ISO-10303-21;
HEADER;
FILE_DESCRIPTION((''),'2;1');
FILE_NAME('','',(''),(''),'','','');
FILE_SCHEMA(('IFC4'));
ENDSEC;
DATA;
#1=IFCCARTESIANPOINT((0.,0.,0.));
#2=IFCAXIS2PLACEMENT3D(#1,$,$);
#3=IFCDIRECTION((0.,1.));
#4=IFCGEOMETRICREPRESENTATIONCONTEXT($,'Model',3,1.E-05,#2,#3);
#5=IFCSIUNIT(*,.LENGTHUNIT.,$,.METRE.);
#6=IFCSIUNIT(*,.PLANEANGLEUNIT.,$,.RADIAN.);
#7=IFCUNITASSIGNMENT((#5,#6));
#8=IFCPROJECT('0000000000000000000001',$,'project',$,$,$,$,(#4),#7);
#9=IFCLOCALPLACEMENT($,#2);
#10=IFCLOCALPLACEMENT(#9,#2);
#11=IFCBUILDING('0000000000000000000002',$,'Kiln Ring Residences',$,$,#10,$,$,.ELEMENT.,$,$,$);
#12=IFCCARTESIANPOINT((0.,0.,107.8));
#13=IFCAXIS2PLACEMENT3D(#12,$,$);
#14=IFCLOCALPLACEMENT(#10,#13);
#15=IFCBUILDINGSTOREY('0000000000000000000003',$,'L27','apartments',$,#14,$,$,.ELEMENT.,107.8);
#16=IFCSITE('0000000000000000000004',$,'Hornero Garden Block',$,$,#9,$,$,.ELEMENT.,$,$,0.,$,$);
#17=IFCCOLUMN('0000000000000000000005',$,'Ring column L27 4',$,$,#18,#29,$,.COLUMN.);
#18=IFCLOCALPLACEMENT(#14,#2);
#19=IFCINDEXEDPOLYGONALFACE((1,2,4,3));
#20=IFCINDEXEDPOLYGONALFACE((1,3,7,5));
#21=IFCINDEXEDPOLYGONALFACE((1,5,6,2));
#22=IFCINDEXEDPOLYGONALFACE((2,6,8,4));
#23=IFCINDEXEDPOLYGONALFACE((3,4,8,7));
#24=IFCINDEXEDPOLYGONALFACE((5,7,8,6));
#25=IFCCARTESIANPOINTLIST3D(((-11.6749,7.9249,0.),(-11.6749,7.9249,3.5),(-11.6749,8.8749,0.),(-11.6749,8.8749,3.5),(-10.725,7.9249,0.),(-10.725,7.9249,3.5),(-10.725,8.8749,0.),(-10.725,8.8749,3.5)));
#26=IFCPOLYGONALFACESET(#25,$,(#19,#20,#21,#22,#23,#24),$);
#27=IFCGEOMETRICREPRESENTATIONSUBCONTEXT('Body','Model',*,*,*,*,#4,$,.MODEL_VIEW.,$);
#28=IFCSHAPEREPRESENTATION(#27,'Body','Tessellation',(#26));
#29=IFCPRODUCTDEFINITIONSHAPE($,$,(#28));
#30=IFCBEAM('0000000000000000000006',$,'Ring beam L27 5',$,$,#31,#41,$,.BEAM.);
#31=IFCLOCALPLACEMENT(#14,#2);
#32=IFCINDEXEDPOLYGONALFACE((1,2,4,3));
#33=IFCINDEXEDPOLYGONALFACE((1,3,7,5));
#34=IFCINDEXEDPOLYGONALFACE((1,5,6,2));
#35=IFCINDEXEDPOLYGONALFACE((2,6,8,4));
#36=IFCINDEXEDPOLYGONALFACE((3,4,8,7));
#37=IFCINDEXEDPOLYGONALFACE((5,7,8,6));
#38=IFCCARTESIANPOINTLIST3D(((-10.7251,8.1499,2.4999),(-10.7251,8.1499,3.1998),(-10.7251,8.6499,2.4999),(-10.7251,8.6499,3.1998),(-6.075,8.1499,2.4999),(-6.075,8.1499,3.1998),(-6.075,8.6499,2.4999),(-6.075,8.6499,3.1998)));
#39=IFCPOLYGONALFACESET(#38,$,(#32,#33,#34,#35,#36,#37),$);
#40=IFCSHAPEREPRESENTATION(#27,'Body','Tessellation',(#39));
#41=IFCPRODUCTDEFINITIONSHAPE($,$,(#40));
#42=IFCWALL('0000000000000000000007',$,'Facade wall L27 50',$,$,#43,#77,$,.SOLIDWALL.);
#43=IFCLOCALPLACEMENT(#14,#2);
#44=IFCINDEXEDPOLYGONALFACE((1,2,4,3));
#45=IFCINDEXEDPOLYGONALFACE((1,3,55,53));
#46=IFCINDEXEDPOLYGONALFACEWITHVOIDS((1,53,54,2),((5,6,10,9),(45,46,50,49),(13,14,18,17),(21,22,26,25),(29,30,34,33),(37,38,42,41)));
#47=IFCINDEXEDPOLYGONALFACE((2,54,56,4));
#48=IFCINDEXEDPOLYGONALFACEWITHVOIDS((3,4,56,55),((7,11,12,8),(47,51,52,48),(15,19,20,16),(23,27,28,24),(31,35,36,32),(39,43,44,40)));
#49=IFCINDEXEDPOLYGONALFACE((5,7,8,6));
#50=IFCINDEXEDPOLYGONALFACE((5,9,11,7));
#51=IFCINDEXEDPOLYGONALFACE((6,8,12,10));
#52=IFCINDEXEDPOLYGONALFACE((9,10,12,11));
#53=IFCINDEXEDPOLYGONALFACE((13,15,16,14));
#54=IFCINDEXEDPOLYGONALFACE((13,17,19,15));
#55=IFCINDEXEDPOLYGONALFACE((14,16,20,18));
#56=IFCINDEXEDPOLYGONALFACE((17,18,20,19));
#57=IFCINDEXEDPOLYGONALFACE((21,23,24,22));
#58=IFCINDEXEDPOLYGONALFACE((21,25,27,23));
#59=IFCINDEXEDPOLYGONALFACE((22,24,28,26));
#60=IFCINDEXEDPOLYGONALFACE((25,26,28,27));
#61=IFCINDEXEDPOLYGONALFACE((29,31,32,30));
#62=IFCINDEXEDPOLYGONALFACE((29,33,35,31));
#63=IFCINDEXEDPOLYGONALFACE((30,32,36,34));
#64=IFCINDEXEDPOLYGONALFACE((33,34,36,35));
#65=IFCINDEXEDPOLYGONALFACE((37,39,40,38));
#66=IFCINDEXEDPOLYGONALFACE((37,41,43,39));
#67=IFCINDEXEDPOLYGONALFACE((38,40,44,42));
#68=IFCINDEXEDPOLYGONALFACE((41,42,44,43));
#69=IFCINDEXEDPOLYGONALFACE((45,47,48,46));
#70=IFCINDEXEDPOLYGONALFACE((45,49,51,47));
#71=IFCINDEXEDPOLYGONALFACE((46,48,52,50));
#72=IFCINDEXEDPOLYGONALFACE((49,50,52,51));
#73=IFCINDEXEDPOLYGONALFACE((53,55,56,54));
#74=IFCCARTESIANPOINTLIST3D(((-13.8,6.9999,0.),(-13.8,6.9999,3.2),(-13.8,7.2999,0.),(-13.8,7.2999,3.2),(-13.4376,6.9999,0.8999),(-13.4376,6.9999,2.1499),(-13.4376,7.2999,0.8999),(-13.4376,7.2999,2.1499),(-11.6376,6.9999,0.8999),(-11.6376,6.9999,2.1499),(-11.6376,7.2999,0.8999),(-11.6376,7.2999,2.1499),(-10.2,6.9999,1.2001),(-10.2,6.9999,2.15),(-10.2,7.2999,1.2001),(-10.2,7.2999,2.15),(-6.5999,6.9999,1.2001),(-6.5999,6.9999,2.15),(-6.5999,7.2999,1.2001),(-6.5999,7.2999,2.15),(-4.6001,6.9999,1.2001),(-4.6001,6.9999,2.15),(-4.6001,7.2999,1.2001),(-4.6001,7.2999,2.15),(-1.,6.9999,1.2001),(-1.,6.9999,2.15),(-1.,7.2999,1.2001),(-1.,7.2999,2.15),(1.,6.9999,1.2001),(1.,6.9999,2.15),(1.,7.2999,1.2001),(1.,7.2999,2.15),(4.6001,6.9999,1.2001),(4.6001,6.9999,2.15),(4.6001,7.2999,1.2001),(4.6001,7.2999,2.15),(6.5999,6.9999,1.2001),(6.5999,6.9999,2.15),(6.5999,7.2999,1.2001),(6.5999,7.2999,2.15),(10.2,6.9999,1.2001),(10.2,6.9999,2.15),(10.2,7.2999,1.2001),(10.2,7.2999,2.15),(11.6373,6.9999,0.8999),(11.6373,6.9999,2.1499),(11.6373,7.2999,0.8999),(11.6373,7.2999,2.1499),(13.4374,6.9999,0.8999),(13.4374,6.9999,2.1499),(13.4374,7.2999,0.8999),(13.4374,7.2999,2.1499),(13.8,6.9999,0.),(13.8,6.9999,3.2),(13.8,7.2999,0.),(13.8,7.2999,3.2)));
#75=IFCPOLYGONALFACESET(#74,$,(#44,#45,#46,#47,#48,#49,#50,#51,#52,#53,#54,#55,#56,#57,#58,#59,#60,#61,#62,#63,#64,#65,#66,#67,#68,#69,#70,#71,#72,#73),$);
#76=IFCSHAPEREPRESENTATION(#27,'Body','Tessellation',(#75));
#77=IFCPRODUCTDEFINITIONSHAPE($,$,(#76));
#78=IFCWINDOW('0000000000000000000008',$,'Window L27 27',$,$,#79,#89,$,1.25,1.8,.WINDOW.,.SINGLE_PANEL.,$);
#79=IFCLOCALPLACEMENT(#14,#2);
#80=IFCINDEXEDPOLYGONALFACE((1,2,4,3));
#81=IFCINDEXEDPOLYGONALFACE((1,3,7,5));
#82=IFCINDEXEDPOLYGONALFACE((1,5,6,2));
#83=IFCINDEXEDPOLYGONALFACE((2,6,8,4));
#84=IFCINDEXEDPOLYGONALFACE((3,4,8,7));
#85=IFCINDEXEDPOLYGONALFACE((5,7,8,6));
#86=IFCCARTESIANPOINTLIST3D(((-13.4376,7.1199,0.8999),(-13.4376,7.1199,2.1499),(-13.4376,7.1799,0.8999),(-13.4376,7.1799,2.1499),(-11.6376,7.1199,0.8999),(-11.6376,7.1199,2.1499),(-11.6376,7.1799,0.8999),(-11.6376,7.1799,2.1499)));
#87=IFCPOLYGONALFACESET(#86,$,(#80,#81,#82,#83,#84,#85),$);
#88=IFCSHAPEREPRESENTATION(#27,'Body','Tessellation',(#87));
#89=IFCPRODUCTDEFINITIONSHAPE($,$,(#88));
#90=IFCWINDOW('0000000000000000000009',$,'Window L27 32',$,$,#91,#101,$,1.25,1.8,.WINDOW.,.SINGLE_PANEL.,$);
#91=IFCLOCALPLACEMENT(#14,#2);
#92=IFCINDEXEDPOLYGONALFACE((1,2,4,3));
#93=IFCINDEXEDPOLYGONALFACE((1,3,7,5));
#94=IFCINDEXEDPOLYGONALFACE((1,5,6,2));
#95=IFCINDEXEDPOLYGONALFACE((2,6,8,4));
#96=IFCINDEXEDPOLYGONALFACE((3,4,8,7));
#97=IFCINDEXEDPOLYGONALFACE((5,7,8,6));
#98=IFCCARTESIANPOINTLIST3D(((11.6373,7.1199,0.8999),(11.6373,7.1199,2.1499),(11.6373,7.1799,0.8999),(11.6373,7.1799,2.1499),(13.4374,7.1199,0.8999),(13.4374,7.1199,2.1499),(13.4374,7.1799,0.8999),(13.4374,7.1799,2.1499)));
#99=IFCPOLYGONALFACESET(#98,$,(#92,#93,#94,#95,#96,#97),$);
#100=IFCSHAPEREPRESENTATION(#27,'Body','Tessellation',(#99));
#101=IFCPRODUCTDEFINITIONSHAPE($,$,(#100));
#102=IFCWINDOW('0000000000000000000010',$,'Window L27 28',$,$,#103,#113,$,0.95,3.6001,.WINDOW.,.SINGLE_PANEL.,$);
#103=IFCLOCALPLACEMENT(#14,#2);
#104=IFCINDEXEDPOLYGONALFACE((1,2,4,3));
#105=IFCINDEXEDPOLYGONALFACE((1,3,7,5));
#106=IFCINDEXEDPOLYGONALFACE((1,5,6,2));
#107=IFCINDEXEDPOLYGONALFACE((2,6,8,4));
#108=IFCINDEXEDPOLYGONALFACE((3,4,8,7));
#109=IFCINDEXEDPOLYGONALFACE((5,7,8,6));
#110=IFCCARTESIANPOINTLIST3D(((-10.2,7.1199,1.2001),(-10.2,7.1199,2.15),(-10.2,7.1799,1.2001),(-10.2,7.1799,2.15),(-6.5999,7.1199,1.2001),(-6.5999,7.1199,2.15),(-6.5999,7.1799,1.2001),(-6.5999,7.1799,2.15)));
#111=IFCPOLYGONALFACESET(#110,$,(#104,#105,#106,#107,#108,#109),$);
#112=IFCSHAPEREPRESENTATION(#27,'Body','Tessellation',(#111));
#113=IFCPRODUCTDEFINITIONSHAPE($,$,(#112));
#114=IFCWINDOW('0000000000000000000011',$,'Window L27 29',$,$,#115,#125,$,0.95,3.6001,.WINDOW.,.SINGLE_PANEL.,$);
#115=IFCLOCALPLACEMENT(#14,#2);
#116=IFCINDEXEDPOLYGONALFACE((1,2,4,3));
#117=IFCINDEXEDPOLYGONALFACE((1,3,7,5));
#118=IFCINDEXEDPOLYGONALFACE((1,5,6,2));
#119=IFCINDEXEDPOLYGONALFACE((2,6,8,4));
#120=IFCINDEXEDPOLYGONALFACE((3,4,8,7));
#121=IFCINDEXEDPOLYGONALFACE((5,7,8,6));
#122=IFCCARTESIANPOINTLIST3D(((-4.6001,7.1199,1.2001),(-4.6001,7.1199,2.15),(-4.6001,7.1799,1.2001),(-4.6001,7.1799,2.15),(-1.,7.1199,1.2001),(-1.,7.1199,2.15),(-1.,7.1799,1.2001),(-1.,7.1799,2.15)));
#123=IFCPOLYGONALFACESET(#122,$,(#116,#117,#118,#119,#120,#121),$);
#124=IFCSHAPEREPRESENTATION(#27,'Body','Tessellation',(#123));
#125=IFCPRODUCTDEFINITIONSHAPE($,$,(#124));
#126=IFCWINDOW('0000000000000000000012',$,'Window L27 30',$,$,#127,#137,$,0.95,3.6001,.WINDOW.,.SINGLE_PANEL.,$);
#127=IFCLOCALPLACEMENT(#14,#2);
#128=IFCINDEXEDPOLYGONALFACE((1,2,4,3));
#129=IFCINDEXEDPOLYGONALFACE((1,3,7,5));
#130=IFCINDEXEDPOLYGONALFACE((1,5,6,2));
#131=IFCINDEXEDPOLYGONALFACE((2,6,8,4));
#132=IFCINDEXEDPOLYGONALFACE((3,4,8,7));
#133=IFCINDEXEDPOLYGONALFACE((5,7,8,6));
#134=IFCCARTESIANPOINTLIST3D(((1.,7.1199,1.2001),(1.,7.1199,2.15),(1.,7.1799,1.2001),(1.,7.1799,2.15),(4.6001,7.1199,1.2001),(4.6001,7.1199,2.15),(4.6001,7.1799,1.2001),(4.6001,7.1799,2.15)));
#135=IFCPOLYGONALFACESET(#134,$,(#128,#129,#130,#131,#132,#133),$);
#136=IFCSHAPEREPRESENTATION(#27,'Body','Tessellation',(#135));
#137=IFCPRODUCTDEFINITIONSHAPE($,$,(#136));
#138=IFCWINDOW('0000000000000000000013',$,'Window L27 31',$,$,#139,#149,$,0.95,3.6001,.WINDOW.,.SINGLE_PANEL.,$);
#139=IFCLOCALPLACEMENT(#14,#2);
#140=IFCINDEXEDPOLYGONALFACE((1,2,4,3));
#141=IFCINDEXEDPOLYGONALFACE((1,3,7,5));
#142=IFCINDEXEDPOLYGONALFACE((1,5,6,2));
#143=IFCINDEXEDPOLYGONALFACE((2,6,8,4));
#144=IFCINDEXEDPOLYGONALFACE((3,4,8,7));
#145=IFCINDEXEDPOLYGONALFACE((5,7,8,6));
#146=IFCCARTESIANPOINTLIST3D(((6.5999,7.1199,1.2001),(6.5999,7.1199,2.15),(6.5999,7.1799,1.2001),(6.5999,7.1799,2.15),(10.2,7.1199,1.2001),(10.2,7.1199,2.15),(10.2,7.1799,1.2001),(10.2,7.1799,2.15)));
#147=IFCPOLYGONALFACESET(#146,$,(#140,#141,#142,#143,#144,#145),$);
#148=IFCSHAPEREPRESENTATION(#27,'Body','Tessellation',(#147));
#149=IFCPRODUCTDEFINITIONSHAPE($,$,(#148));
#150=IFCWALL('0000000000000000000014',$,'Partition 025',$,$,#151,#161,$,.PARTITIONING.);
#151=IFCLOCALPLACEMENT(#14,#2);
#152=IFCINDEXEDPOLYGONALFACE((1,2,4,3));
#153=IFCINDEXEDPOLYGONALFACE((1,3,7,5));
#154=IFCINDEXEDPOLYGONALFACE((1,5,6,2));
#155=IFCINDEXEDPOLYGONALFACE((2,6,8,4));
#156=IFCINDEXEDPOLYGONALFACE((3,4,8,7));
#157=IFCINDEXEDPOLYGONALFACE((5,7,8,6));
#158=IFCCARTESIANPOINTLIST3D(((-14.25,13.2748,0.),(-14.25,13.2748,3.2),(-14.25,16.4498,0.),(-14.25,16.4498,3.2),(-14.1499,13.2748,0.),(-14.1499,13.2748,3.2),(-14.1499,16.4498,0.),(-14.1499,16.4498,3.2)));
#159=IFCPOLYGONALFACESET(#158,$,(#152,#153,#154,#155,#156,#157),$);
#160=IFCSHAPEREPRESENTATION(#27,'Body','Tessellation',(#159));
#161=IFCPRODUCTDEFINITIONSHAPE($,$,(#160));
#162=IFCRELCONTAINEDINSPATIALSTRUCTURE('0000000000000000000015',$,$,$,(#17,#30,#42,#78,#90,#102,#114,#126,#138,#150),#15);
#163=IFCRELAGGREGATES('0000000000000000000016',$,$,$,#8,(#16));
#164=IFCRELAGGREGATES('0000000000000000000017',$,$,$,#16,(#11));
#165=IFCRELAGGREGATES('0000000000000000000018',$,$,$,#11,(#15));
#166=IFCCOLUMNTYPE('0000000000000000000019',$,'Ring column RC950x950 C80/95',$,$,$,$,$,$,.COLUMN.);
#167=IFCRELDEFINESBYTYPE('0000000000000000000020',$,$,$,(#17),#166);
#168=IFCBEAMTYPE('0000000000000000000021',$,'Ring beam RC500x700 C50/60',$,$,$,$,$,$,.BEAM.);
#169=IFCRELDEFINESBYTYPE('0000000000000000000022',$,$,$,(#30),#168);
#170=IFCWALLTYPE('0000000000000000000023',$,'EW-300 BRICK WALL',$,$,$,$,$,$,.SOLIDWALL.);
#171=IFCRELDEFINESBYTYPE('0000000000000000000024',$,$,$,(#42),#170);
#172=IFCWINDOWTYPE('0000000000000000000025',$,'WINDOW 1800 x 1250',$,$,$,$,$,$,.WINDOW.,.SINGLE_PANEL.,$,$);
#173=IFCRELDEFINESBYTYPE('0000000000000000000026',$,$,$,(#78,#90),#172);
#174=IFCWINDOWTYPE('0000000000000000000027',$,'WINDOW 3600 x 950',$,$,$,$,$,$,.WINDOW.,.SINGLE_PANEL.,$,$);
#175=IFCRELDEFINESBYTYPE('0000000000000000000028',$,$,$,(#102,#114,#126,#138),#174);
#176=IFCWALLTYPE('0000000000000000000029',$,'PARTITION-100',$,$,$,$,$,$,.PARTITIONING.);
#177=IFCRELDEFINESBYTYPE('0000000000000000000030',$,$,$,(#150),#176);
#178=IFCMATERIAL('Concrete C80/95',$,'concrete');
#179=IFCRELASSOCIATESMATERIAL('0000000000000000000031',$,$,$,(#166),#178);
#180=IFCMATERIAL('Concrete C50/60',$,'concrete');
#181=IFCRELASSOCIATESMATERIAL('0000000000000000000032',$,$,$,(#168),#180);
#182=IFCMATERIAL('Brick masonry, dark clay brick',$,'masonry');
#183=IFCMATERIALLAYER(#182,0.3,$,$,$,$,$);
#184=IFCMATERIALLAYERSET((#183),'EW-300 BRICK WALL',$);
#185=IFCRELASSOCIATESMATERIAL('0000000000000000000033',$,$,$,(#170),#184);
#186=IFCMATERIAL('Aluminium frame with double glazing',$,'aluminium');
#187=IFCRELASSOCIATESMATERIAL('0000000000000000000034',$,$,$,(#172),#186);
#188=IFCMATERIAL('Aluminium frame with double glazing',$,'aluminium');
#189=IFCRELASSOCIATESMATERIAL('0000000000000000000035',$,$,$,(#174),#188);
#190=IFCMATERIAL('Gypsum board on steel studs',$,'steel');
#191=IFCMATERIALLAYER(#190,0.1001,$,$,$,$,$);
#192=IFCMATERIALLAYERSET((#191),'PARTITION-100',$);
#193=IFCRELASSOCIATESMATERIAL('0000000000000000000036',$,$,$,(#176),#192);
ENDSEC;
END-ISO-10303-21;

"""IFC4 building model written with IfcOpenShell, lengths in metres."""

from ifc_helpers import new_model, si_unit, direction, frame, frame_2d, origin, origin_2d, place, context, subcontext, project, spatial, rectangle, extrude, material, layer, layer_set, material_profile, profile_set, type_object, element, fill, save


model = new_model("IFC4")

# Units and contexts
model_context = context("Model", 3, precision=1e-05, world=origin(), true_north=direction((0.0, 1.0)))
body_context = subcontext(model_context, "Body", "Model", "MODEL_VIEW")
ifc_project = project(units=[si_unit("LENGTHUNIT", "METRE"), si_unit("PLANEANGLEUNIT", "RADIAN")], contexts=[model_context])

# Site, building, storey
site_placement = place(None, origin())
site = spatial("IfcSite", under=ifc_project, at=site_placement, Name="Hornero Garden Block", CompositionType="ELEMENT", RefElevation=0.0)
building_placement = place(site_placement, origin())
building = spatial("IfcBuilding", under=site, at=building_placement, Name="Kiln Ring Residences", CompositionType="ELEMENT")
storey_placement = place(building_placement, frame((0.0, 0.0, 107.8)))
storey = spatial("IfcBuildingStorey", under=building, at=storey_placement, Name="L27", Description="apartments", CompositionType="ELEMENT", Elevation=107.8)

# Column
ifc_material_1 = material(Name="Concrete C80/95", Category="concrete")
ifc_material_profile_1 = material_profile(ifc_material_1, rectangle(XDim=0.95, YDim=0.95, at=origin_2d()), Name="RC950x950")
ifc_profile_set_1 = profile_set([ifc_material_profile_1], Name="Concrete C80/95")
column_type = type_object("IfcColumnType", Name="Ring column RC950x950 C80/95", PredefinedType="COLUMN", material=ifc_profile_set_1)
column_placement = place(storey_placement, frame((-11.2, 8.3999, 0.0), z_axis=(0.0, 0.0, 1.0), x_axis=(1.0, 0.0, 0.0)))
element("IfcColumn", 1, at=column_placement, inside=storey, type_object=column_type, Name="Ring column L27 4", PredefinedType="COLUMN", context=body_context, shape_type="SweptSolid", body=[
    extrude(rectangle(XDim=0.95, YDim=0.95, at=origin_2d()), origin(), (0.0, 0.0, 1.0), 3.5),
])

# Beam
ifc_material_2 = material(Name="Concrete C50/60", Category="concrete")
ifc_material_profile_2 = material_profile(ifc_material_2, rectangle(XDim=0.5, YDim=0.7, at=origin_2d()), Name="RC500x700")
ifc_profile_set_2 = profile_set([ifc_material_profile_2], Name="Concrete C50/60")
beam_type = type_object("IfcBeamType", Name="Ring beam RC500x700 C50/60", PredefinedType="BEAM", material=ifc_profile_set_2)
beam_placement = place(storey_placement, frame((-10.7251, 8.3999, 2.8499), z_axis=(1.0, 0.0, 0.0), x_axis=(0.0, 1.0, 0.0)))
element("IfcBeam", 2, at=beam_placement, inside=storey, type_object=beam_type, Name="Ring beam L27 5", PredefinedType="BEAM", context=body_context, shape_type="SweptSolid", body=[
    extrude(rectangle(XDim=0.5, YDim=0.7, at=origin_2d()), origin(), (0.0, 0.0, 1.0), 4.6501),
])

# Wall, openings, windows
ifc_material_3 = material(Name="Brick masonry, dark clay brick", Category="masonry")
ifc_layer_1 = layer(ifc_material_3, 0.3)
ifc_layer_set_1 = layer_set([ifc_layer_1], Name="EW-300 BRICK WALL")
wall_type_1 = type_object("IfcWallType", Name="EW-300 BRICK WALL", PredefinedType="SOLIDWALL", material=ifc_layer_set_1)
wall_1_placement = place(storey_placement, frame((-13.8, 7.1499, 0.0), z_axis=(0.0, 0.0, 1.0), x_axis=(1.0, 0.0, 0.0)))
wall_1 = element("IfcWall", 3, at=wall_1_placement, inside=storey, type_object=wall_type_1, Name="Facade wall L27 50", PredefinedType="SOLIDWALL", context=body_context, shape_type="SweptSolid", body=[
    extrude(rectangle(XDim=27.6001, YDim=0.3, at=frame_2d((13.8, 0.0))), origin(), (0.0, 0.0, 1.0), 3.2),
])
opening_1_placement = place(wall_1_placement, frame((0.3625, 0.0, 0.8999)))
opening_1 = element("IfcOpeningElement", 4, at=opening_1_placement, cuts=wall_1, PredefinedType="OPENING", context=body_context, shape_type="SweptSolid", body=[
    extrude(rectangle(XDim=1.8, YDim=1.25, at=frame_2d((0.8999, 0.625))), frame((0.0, 0.1599, 0.0), z_axis=(0.0, -1.0, 0.0), x_axis=(1.0, 0.0, 0.0)), (0.0, 0.0, 1.0), 0.3201),
])
opening_2_placement = place(wall_1_placement, frame((3.6001, 0.0, 1.2)))
opening_2 = element("IfcOpeningElement", 5, at=opening_2_placement, cuts=wall_1, PredefinedType="OPENING", context=body_context, shape_type="SweptSolid", body=[
    extrude(rectangle(XDim=3.6001, YDim=0.95, at=frame_2d((1.8, 0.4751))), frame((0.0, 0.1599, 0.0), z_axis=(0.0, -1.0, 0.0), x_axis=(1.0, 0.0, 0.0)), (0.0, 0.0, 1.0), 0.3201),
])
opening_3_placement = place(wall_1_placement, frame((9.2, 0.0, 1.2)))
opening_3 = element("IfcOpeningElement", 6, at=opening_3_placement, cuts=wall_1, PredefinedType="OPENING", context=body_context, shape_type="SweptSolid", body=[
    extrude(rectangle(XDim=3.6001, YDim=0.95, at=frame_2d((1.8, 0.4751))), frame((0.0, 0.1599, 0.0), z_axis=(0.0, -1.0, 0.0), x_axis=(1.0, 0.0, 0.0)), (0.0, 0.0, 1.0), 0.3201),
])
opening_4_placement = place(wall_1_placement, frame((14.8, 0.0, 1.2)))
opening_4 = element("IfcOpeningElement", 7, at=opening_4_placement, cuts=wall_1, PredefinedType="OPENING", context=body_context, shape_type="SweptSolid", body=[
    extrude(rectangle(XDim=3.6001, YDim=0.95, at=frame_2d((1.8, 0.4751))), frame((0.0, 0.1599, 0.0), z_axis=(0.0, -1.0, 0.0), x_axis=(1.0, 0.0, 0.0)), (0.0, 0.0, 1.0), 0.3201),
])
opening_5_placement = place(wall_1_placement, frame((20.3999, 0.0, 1.2)))
opening_5 = element("IfcOpeningElement", 8, at=opening_5_placement, cuts=wall_1, PredefinedType="OPENING", context=body_context, shape_type="SweptSolid", body=[
    extrude(rectangle(XDim=3.6001, YDim=0.95, at=frame_2d((1.8, 0.4751))), frame((0.0, 0.1599, 0.0), z_axis=(0.0, -1.0, 0.0), x_axis=(1.0, 0.0, 0.0)), (0.0, 0.0, 1.0), 0.3201),
])
opening_6_placement = place(wall_1_placement, frame((25.4375, 0.0, 0.8999)))
opening_6 = element("IfcOpeningElement", 9, at=opening_6_placement, cuts=wall_1, PredefinedType="OPENING", context=body_context, shape_type="SweptSolid", body=[
    extrude(rectangle(XDim=1.8, YDim=1.25, at=frame_2d((0.8999, 0.625))), frame((0.0, 0.1599, 0.0), z_axis=(0.0, -1.0, 0.0), x_axis=(1.0, 0.0, 0.0)), (0.0, 0.0, 1.0), 0.3201),
])
ifc_material_4 = material(Name="Aluminium frame with double glazing", Category="aluminium")
window_type_1 = type_object("IfcWindowType", Name="WINDOW 1800 x 1250", PartitioningType="SINGLE_PANEL", PredefinedType="WINDOW", material=ifc_material_4)
window_1_placement = place(opening_1_placement, origin())
window_1 = element("IfcWindow", 10, at=window_1_placement, inside=storey, type_object=window_type_1, Name="Window L27 27", OverallHeight=1.25, OverallWidth=1.8, PartitioningType="SINGLE_PANEL", PredefinedType="WINDOW", context=body_context, shape_type="SweptSolid", body=[
    extrude(rectangle(XDim=1.8, YDim=1.25, at=frame_2d((0.8999, 0.625))), frame((0.0, 0.03, 0.0), z_axis=(0.0, -1.0, 0.0), x_axis=(1.0, 0.0, 0.0)), (0.0, 0.0, 1.0), 0.0601),
])
fill(opening_1, window_1)
window_2_placement = place(opening_6_placement, origin())
window_2 = element("IfcWindow", 11, at=window_2_placement, inside=storey, type_object=window_type_1, Name="Window L27 32", OverallHeight=1.25, OverallWidth=1.8, PartitioningType="SINGLE_PANEL", PredefinedType="WINDOW", context=body_context, shape_type="SweptSolid", body=[
    extrude(rectangle(XDim=1.8, YDim=1.25, at=frame_2d((0.8999, 0.625))), frame((0.0, 0.03, 0.0), z_axis=(0.0, -1.0, 0.0), x_axis=(1.0, 0.0, 0.0)), (0.0, 0.0, 1.0), 0.0601),
])
fill(opening_6, window_2)
ifc_material_5 = material(Name="Aluminium frame with double glazing", Category="aluminium")
window_type_2 = type_object("IfcWindowType", Name="WINDOW 3600 x 950", PartitioningType="SINGLE_PANEL", PredefinedType="WINDOW", material=ifc_material_5)
window_3_placement = place(opening_2_placement, origin())
window_3 = element("IfcWindow", 12, at=window_3_placement, inside=storey, type_object=window_type_2, Name="Window L27 28", OverallHeight=0.95, OverallWidth=3.6001, PartitioningType="SINGLE_PANEL", PredefinedType="WINDOW", context=body_context, shape_type="SweptSolid", body=[
    extrude(rectangle(XDim=3.6001, YDim=0.95, at=frame_2d((1.8, 0.4751))), frame((0.0, 0.03, 0.0), z_axis=(0.0, -1.0, 0.0), x_axis=(1.0, 0.0, 0.0)), (0.0, 0.0, 1.0), 0.0601),
])
fill(opening_2, window_3)
window_4_placement = place(opening_3_placement, origin())
window_4 = element("IfcWindow", 13, at=window_4_placement, inside=storey, type_object=window_type_2, Name="Window L27 29", OverallHeight=0.95, OverallWidth=3.6001, PartitioningType="SINGLE_PANEL", PredefinedType="WINDOW", context=body_context, shape_type="SweptSolid", body=[
    extrude(rectangle(XDim=3.6001, YDim=0.95, at=frame_2d((1.8, 0.4751))), frame((0.0, 0.03, 0.0), z_axis=(0.0, -1.0, 0.0), x_axis=(1.0, 0.0, 0.0)), (0.0, 0.0, 1.0), 0.0601),
])
fill(opening_3, window_4)
window_5_placement = place(opening_4_placement, origin())
window_5 = element("IfcWindow", 14, at=window_5_placement, inside=storey, type_object=window_type_2, Name="Window L27 30", OverallHeight=0.95, OverallWidth=3.6001, PartitioningType="SINGLE_PANEL", PredefinedType="WINDOW", context=body_context, shape_type="SweptSolid", body=[
    extrude(rectangle(XDim=3.6001, YDim=0.95, at=frame_2d((1.8, 0.4751))), frame((0.0, 0.03, 0.0), z_axis=(0.0, -1.0, 0.0), x_axis=(1.0, 0.0, 0.0)), (0.0, 0.0, 1.0), 0.0601),
])
fill(opening_4, window_5)
window_6_placement = place(opening_5_placement, origin())
window_6 = element("IfcWindow", 15, at=window_6_placement, inside=storey, type_object=window_type_2, Name="Window L27 31", OverallHeight=0.95, OverallWidth=3.6001, PartitioningType="SINGLE_PANEL", PredefinedType="WINDOW", context=body_context, shape_type="SweptSolid", body=[
    extrude(rectangle(XDim=3.6001, YDim=0.95, at=frame_2d((1.8, 0.4751))), frame((0.0, 0.03, 0.0), z_axis=(0.0, -1.0, 0.0), x_axis=(1.0, 0.0, 0.0)), (0.0, 0.0, 1.0), 0.0601),
])
fill(opening_5, window_6)

# Wall
ifc_material_6 = material(Name="Gypsum board on steel studs", Category="steel")
ifc_layer_2 = layer(ifc_material_6, 0.1001)
ifc_layer_set_2 = layer_set([ifc_layer_2], Name="PARTITION-100")
wall_type_2 = type_object("IfcWallType", Name="PARTITION-100", PredefinedType="PARTITIONING", material=ifc_layer_set_2)
wall_2_placement = place(storey_placement, frame((-14.2, 13.2749, 0.0), z_axis=(0.0, 0.0, 1.0), x_axis=(0.0, 1.0, 0.0)))
element("IfcWall", 16, at=wall_2_placement, inside=storey, type_object=wall_type_2, Name="Partition 025", PredefinedType="PARTITIONING", context=body_context, shape_type="SweptSolid", body=[
    extrude(rectangle(XDim=3.175, YDim=0.1001, at=frame_2d((1.5874, 0.0))), origin(), (0.0, 0.0, 1.0), 3.2),
])

save(model, "model.ifc")
